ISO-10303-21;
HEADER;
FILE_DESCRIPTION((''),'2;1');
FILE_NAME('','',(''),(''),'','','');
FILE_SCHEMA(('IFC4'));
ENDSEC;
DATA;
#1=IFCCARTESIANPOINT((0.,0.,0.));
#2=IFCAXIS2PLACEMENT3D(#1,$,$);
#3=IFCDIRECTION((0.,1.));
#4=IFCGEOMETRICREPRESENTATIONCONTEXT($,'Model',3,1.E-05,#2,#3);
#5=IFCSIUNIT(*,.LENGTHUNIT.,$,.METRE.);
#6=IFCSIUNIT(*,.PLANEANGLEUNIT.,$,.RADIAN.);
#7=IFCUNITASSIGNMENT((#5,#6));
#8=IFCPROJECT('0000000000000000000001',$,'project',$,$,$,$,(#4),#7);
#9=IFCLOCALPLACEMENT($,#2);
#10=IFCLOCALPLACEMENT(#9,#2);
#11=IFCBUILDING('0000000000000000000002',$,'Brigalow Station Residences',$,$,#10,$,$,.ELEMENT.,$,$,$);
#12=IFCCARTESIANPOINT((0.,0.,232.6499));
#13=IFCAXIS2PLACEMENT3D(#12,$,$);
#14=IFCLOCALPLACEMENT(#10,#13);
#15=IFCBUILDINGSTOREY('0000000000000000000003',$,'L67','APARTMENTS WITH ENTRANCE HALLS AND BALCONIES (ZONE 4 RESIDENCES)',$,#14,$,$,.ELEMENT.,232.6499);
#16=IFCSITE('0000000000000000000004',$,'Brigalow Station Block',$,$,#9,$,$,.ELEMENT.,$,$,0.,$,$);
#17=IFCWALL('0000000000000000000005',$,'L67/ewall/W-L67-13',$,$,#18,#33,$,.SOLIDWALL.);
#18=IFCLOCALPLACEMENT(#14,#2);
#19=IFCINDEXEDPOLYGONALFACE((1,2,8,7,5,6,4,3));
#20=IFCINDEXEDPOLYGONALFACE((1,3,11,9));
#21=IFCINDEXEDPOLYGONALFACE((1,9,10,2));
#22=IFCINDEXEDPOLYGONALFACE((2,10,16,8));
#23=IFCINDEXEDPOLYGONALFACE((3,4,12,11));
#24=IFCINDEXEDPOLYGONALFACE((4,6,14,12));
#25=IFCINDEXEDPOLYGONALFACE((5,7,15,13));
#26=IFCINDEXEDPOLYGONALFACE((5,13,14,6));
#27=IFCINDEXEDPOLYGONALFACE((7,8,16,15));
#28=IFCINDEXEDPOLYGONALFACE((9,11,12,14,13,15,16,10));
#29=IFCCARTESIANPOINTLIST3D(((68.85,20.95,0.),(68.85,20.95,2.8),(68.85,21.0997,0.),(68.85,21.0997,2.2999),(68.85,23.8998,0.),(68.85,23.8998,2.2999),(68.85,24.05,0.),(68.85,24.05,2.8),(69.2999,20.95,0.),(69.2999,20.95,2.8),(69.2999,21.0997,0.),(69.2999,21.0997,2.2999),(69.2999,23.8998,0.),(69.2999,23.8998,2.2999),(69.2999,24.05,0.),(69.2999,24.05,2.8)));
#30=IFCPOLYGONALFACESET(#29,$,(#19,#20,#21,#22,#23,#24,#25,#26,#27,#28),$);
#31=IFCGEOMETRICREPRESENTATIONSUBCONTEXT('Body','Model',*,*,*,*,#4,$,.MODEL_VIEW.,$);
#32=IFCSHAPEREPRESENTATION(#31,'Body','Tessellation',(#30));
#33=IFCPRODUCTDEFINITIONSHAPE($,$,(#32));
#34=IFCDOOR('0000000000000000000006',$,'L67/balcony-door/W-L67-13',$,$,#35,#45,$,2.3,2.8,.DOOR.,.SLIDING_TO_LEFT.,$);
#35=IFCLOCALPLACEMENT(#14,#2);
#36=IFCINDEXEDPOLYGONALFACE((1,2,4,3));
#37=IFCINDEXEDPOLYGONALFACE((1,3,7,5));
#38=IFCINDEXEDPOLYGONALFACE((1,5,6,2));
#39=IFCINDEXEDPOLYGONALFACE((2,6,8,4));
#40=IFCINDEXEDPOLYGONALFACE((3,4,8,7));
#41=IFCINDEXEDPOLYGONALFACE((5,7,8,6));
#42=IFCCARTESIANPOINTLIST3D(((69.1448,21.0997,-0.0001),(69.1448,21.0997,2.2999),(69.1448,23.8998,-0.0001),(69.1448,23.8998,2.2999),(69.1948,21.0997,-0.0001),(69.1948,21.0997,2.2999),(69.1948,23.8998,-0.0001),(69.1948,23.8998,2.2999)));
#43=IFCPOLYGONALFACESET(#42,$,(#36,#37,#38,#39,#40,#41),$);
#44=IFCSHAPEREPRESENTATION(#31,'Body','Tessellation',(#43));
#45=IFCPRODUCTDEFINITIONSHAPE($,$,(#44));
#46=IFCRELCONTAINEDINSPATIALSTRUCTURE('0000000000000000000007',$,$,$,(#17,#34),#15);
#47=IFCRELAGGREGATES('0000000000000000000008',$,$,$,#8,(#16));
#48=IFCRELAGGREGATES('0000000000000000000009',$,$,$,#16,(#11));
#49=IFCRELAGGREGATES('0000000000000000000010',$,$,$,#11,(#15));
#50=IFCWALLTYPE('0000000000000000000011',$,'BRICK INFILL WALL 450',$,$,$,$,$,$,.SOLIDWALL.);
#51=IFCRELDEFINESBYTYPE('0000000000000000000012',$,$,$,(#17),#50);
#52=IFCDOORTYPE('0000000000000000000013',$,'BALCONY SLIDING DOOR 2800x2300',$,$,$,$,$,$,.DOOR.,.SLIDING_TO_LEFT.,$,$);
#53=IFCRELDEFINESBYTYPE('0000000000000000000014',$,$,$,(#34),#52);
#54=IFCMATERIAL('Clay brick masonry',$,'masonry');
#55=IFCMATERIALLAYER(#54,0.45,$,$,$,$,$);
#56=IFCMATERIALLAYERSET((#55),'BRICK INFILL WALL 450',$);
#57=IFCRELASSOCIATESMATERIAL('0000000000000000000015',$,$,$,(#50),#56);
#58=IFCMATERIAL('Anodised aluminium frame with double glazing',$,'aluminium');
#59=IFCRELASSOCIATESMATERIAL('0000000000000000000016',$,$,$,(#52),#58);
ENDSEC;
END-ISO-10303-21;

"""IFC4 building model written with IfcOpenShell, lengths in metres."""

from ifc_helpers import new_model, si_unit, direction, frame, frame_2d, origin, place, context, subcontext, project, spatial, rectangle, extrude, material, layer, layer_set, type_object, element, fill, save


model = new_model("IFC4")

# Units and contexts
model_context = context("Model", 3, precision=1e-05, world=origin(), true_north=direction((0.0, 1.0)))
body_context = subcontext(model_context, "Body", "Model", "MODEL_VIEW")
ifc_project = project(units=[si_unit("LENGTHUNIT", "METRE"), si_unit("PLANEANGLEUNIT", "RADIAN")], contexts=[model_context])

# Site, building, storey
site_placement = place(None, origin())
site = spatial("IfcSite", under=ifc_project, at=site_placement, Name="Brigalow Station Block", CompositionType="ELEMENT", RefElevation=0.0)
building_placement = place(site_placement, origin())
building = spatial("IfcBuilding", under=site, at=building_placement, Name="Brigalow Station Residences", CompositionType="ELEMENT")
storey_placement = place(building_placement, frame((0.0, 0.0, 232.6499)))
storey = spatial("IfcBuildingStorey", under=building, at=storey_placement, Name="L67", Description="APARTMENTS WITH ENTRANCE HALLS AND BALCONIES (ZONE 4 RESIDENCES)", CompositionType="ELEMENT", Elevation=232.6499)

# Shared definitions
ifc_material_1 = material(Name="Clay brick masonry", Category="masonry")
ifc_layer = layer(ifc_material_1, 0.45)
ifc_layer_set = layer_set([ifc_layer], Name="BRICK INFILL WALL 450")
wall_type = type_object("IfcWallType", Name="BRICK INFILL WALL 450", PredefinedType="SOLIDWALL", material=ifc_layer_set)

# Wall, opening, door
ifc_material_2 = material(Name="Anodised aluminium frame with double glazing", Category="aluminium")
door_type = type_object("IfcDoorType", Name="BALCONY SLIDING DOOR 2800x2300", OperationType="SLIDING_TO_LEFT", PredefinedType="DOOR", material=ifc_material_2)
wall_1_placement = place(storey_placement, frame((69.075, 20.95, 0.0), z_axis=(0.0, 0.0, 1.0), x_axis=(0.0, 1.0, 0.0)))
wall_1 = element("IfcWall", 1, at=wall_1_placement, inside=storey, type_object=wall_type, Name="L67/ewall/W-L67-13", PredefinedType="SOLIDWALL", context=body_context, shape_type="SweptSolid", body=[
    extrude(rectangle(XDim=3.1001, YDim=0.45, at=frame_2d((1.55, 0.0))), origin(), (0.0, 0.0, 1.0), 2.8),
])
opening_1_placement = place(wall_1_placement, frame((0.1499, 0.0, 0.0)))
opening_1 = element("IfcOpeningElement", 2, at=opening_1_placement, cuts=wall_1, PredefinedType="OPENING", context=body_context, shape_type="SweptSolid", body=[
    extrude(rectangle(XDim=2.8, YDim=2.3, at=frame_2d((1.3999, 1.1499))), frame((0.0, 0.2349, 0.0), z_axis=(0.0, -1.0, 0.0), x_axis=(1.0, 0.0, 0.0)), (0.0, 0.0, 1.0), 0.47),
])
door_1_placement = place(opening_1_placement, origin())
door_1 = element("IfcDoor", 3, at=door_1_placement, inside=storey, type_object=door_type, Name="L67/balcony-door/W-L67-13", OperationType="SLIDING_TO_LEFT", OverallHeight=2.3, OverallWidth=2.8, PredefinedType="DOOR", context=body_context, shape_type="SweptSolid", body=[
    extrude(rectangle(XDim=2.8, YDim=2.3, at=frame_2d((1.3999, 1.1499))), frame((0.0, -0.0698, 0.0), z_axis=(0.0, -1.0, 0.0), x_axis=(1.0, 0.0, 0.0)), (0.0, 0.0, 1.0), 0.05),
])
fill(opening_1, door_1)

save(model, "model.ifc")
